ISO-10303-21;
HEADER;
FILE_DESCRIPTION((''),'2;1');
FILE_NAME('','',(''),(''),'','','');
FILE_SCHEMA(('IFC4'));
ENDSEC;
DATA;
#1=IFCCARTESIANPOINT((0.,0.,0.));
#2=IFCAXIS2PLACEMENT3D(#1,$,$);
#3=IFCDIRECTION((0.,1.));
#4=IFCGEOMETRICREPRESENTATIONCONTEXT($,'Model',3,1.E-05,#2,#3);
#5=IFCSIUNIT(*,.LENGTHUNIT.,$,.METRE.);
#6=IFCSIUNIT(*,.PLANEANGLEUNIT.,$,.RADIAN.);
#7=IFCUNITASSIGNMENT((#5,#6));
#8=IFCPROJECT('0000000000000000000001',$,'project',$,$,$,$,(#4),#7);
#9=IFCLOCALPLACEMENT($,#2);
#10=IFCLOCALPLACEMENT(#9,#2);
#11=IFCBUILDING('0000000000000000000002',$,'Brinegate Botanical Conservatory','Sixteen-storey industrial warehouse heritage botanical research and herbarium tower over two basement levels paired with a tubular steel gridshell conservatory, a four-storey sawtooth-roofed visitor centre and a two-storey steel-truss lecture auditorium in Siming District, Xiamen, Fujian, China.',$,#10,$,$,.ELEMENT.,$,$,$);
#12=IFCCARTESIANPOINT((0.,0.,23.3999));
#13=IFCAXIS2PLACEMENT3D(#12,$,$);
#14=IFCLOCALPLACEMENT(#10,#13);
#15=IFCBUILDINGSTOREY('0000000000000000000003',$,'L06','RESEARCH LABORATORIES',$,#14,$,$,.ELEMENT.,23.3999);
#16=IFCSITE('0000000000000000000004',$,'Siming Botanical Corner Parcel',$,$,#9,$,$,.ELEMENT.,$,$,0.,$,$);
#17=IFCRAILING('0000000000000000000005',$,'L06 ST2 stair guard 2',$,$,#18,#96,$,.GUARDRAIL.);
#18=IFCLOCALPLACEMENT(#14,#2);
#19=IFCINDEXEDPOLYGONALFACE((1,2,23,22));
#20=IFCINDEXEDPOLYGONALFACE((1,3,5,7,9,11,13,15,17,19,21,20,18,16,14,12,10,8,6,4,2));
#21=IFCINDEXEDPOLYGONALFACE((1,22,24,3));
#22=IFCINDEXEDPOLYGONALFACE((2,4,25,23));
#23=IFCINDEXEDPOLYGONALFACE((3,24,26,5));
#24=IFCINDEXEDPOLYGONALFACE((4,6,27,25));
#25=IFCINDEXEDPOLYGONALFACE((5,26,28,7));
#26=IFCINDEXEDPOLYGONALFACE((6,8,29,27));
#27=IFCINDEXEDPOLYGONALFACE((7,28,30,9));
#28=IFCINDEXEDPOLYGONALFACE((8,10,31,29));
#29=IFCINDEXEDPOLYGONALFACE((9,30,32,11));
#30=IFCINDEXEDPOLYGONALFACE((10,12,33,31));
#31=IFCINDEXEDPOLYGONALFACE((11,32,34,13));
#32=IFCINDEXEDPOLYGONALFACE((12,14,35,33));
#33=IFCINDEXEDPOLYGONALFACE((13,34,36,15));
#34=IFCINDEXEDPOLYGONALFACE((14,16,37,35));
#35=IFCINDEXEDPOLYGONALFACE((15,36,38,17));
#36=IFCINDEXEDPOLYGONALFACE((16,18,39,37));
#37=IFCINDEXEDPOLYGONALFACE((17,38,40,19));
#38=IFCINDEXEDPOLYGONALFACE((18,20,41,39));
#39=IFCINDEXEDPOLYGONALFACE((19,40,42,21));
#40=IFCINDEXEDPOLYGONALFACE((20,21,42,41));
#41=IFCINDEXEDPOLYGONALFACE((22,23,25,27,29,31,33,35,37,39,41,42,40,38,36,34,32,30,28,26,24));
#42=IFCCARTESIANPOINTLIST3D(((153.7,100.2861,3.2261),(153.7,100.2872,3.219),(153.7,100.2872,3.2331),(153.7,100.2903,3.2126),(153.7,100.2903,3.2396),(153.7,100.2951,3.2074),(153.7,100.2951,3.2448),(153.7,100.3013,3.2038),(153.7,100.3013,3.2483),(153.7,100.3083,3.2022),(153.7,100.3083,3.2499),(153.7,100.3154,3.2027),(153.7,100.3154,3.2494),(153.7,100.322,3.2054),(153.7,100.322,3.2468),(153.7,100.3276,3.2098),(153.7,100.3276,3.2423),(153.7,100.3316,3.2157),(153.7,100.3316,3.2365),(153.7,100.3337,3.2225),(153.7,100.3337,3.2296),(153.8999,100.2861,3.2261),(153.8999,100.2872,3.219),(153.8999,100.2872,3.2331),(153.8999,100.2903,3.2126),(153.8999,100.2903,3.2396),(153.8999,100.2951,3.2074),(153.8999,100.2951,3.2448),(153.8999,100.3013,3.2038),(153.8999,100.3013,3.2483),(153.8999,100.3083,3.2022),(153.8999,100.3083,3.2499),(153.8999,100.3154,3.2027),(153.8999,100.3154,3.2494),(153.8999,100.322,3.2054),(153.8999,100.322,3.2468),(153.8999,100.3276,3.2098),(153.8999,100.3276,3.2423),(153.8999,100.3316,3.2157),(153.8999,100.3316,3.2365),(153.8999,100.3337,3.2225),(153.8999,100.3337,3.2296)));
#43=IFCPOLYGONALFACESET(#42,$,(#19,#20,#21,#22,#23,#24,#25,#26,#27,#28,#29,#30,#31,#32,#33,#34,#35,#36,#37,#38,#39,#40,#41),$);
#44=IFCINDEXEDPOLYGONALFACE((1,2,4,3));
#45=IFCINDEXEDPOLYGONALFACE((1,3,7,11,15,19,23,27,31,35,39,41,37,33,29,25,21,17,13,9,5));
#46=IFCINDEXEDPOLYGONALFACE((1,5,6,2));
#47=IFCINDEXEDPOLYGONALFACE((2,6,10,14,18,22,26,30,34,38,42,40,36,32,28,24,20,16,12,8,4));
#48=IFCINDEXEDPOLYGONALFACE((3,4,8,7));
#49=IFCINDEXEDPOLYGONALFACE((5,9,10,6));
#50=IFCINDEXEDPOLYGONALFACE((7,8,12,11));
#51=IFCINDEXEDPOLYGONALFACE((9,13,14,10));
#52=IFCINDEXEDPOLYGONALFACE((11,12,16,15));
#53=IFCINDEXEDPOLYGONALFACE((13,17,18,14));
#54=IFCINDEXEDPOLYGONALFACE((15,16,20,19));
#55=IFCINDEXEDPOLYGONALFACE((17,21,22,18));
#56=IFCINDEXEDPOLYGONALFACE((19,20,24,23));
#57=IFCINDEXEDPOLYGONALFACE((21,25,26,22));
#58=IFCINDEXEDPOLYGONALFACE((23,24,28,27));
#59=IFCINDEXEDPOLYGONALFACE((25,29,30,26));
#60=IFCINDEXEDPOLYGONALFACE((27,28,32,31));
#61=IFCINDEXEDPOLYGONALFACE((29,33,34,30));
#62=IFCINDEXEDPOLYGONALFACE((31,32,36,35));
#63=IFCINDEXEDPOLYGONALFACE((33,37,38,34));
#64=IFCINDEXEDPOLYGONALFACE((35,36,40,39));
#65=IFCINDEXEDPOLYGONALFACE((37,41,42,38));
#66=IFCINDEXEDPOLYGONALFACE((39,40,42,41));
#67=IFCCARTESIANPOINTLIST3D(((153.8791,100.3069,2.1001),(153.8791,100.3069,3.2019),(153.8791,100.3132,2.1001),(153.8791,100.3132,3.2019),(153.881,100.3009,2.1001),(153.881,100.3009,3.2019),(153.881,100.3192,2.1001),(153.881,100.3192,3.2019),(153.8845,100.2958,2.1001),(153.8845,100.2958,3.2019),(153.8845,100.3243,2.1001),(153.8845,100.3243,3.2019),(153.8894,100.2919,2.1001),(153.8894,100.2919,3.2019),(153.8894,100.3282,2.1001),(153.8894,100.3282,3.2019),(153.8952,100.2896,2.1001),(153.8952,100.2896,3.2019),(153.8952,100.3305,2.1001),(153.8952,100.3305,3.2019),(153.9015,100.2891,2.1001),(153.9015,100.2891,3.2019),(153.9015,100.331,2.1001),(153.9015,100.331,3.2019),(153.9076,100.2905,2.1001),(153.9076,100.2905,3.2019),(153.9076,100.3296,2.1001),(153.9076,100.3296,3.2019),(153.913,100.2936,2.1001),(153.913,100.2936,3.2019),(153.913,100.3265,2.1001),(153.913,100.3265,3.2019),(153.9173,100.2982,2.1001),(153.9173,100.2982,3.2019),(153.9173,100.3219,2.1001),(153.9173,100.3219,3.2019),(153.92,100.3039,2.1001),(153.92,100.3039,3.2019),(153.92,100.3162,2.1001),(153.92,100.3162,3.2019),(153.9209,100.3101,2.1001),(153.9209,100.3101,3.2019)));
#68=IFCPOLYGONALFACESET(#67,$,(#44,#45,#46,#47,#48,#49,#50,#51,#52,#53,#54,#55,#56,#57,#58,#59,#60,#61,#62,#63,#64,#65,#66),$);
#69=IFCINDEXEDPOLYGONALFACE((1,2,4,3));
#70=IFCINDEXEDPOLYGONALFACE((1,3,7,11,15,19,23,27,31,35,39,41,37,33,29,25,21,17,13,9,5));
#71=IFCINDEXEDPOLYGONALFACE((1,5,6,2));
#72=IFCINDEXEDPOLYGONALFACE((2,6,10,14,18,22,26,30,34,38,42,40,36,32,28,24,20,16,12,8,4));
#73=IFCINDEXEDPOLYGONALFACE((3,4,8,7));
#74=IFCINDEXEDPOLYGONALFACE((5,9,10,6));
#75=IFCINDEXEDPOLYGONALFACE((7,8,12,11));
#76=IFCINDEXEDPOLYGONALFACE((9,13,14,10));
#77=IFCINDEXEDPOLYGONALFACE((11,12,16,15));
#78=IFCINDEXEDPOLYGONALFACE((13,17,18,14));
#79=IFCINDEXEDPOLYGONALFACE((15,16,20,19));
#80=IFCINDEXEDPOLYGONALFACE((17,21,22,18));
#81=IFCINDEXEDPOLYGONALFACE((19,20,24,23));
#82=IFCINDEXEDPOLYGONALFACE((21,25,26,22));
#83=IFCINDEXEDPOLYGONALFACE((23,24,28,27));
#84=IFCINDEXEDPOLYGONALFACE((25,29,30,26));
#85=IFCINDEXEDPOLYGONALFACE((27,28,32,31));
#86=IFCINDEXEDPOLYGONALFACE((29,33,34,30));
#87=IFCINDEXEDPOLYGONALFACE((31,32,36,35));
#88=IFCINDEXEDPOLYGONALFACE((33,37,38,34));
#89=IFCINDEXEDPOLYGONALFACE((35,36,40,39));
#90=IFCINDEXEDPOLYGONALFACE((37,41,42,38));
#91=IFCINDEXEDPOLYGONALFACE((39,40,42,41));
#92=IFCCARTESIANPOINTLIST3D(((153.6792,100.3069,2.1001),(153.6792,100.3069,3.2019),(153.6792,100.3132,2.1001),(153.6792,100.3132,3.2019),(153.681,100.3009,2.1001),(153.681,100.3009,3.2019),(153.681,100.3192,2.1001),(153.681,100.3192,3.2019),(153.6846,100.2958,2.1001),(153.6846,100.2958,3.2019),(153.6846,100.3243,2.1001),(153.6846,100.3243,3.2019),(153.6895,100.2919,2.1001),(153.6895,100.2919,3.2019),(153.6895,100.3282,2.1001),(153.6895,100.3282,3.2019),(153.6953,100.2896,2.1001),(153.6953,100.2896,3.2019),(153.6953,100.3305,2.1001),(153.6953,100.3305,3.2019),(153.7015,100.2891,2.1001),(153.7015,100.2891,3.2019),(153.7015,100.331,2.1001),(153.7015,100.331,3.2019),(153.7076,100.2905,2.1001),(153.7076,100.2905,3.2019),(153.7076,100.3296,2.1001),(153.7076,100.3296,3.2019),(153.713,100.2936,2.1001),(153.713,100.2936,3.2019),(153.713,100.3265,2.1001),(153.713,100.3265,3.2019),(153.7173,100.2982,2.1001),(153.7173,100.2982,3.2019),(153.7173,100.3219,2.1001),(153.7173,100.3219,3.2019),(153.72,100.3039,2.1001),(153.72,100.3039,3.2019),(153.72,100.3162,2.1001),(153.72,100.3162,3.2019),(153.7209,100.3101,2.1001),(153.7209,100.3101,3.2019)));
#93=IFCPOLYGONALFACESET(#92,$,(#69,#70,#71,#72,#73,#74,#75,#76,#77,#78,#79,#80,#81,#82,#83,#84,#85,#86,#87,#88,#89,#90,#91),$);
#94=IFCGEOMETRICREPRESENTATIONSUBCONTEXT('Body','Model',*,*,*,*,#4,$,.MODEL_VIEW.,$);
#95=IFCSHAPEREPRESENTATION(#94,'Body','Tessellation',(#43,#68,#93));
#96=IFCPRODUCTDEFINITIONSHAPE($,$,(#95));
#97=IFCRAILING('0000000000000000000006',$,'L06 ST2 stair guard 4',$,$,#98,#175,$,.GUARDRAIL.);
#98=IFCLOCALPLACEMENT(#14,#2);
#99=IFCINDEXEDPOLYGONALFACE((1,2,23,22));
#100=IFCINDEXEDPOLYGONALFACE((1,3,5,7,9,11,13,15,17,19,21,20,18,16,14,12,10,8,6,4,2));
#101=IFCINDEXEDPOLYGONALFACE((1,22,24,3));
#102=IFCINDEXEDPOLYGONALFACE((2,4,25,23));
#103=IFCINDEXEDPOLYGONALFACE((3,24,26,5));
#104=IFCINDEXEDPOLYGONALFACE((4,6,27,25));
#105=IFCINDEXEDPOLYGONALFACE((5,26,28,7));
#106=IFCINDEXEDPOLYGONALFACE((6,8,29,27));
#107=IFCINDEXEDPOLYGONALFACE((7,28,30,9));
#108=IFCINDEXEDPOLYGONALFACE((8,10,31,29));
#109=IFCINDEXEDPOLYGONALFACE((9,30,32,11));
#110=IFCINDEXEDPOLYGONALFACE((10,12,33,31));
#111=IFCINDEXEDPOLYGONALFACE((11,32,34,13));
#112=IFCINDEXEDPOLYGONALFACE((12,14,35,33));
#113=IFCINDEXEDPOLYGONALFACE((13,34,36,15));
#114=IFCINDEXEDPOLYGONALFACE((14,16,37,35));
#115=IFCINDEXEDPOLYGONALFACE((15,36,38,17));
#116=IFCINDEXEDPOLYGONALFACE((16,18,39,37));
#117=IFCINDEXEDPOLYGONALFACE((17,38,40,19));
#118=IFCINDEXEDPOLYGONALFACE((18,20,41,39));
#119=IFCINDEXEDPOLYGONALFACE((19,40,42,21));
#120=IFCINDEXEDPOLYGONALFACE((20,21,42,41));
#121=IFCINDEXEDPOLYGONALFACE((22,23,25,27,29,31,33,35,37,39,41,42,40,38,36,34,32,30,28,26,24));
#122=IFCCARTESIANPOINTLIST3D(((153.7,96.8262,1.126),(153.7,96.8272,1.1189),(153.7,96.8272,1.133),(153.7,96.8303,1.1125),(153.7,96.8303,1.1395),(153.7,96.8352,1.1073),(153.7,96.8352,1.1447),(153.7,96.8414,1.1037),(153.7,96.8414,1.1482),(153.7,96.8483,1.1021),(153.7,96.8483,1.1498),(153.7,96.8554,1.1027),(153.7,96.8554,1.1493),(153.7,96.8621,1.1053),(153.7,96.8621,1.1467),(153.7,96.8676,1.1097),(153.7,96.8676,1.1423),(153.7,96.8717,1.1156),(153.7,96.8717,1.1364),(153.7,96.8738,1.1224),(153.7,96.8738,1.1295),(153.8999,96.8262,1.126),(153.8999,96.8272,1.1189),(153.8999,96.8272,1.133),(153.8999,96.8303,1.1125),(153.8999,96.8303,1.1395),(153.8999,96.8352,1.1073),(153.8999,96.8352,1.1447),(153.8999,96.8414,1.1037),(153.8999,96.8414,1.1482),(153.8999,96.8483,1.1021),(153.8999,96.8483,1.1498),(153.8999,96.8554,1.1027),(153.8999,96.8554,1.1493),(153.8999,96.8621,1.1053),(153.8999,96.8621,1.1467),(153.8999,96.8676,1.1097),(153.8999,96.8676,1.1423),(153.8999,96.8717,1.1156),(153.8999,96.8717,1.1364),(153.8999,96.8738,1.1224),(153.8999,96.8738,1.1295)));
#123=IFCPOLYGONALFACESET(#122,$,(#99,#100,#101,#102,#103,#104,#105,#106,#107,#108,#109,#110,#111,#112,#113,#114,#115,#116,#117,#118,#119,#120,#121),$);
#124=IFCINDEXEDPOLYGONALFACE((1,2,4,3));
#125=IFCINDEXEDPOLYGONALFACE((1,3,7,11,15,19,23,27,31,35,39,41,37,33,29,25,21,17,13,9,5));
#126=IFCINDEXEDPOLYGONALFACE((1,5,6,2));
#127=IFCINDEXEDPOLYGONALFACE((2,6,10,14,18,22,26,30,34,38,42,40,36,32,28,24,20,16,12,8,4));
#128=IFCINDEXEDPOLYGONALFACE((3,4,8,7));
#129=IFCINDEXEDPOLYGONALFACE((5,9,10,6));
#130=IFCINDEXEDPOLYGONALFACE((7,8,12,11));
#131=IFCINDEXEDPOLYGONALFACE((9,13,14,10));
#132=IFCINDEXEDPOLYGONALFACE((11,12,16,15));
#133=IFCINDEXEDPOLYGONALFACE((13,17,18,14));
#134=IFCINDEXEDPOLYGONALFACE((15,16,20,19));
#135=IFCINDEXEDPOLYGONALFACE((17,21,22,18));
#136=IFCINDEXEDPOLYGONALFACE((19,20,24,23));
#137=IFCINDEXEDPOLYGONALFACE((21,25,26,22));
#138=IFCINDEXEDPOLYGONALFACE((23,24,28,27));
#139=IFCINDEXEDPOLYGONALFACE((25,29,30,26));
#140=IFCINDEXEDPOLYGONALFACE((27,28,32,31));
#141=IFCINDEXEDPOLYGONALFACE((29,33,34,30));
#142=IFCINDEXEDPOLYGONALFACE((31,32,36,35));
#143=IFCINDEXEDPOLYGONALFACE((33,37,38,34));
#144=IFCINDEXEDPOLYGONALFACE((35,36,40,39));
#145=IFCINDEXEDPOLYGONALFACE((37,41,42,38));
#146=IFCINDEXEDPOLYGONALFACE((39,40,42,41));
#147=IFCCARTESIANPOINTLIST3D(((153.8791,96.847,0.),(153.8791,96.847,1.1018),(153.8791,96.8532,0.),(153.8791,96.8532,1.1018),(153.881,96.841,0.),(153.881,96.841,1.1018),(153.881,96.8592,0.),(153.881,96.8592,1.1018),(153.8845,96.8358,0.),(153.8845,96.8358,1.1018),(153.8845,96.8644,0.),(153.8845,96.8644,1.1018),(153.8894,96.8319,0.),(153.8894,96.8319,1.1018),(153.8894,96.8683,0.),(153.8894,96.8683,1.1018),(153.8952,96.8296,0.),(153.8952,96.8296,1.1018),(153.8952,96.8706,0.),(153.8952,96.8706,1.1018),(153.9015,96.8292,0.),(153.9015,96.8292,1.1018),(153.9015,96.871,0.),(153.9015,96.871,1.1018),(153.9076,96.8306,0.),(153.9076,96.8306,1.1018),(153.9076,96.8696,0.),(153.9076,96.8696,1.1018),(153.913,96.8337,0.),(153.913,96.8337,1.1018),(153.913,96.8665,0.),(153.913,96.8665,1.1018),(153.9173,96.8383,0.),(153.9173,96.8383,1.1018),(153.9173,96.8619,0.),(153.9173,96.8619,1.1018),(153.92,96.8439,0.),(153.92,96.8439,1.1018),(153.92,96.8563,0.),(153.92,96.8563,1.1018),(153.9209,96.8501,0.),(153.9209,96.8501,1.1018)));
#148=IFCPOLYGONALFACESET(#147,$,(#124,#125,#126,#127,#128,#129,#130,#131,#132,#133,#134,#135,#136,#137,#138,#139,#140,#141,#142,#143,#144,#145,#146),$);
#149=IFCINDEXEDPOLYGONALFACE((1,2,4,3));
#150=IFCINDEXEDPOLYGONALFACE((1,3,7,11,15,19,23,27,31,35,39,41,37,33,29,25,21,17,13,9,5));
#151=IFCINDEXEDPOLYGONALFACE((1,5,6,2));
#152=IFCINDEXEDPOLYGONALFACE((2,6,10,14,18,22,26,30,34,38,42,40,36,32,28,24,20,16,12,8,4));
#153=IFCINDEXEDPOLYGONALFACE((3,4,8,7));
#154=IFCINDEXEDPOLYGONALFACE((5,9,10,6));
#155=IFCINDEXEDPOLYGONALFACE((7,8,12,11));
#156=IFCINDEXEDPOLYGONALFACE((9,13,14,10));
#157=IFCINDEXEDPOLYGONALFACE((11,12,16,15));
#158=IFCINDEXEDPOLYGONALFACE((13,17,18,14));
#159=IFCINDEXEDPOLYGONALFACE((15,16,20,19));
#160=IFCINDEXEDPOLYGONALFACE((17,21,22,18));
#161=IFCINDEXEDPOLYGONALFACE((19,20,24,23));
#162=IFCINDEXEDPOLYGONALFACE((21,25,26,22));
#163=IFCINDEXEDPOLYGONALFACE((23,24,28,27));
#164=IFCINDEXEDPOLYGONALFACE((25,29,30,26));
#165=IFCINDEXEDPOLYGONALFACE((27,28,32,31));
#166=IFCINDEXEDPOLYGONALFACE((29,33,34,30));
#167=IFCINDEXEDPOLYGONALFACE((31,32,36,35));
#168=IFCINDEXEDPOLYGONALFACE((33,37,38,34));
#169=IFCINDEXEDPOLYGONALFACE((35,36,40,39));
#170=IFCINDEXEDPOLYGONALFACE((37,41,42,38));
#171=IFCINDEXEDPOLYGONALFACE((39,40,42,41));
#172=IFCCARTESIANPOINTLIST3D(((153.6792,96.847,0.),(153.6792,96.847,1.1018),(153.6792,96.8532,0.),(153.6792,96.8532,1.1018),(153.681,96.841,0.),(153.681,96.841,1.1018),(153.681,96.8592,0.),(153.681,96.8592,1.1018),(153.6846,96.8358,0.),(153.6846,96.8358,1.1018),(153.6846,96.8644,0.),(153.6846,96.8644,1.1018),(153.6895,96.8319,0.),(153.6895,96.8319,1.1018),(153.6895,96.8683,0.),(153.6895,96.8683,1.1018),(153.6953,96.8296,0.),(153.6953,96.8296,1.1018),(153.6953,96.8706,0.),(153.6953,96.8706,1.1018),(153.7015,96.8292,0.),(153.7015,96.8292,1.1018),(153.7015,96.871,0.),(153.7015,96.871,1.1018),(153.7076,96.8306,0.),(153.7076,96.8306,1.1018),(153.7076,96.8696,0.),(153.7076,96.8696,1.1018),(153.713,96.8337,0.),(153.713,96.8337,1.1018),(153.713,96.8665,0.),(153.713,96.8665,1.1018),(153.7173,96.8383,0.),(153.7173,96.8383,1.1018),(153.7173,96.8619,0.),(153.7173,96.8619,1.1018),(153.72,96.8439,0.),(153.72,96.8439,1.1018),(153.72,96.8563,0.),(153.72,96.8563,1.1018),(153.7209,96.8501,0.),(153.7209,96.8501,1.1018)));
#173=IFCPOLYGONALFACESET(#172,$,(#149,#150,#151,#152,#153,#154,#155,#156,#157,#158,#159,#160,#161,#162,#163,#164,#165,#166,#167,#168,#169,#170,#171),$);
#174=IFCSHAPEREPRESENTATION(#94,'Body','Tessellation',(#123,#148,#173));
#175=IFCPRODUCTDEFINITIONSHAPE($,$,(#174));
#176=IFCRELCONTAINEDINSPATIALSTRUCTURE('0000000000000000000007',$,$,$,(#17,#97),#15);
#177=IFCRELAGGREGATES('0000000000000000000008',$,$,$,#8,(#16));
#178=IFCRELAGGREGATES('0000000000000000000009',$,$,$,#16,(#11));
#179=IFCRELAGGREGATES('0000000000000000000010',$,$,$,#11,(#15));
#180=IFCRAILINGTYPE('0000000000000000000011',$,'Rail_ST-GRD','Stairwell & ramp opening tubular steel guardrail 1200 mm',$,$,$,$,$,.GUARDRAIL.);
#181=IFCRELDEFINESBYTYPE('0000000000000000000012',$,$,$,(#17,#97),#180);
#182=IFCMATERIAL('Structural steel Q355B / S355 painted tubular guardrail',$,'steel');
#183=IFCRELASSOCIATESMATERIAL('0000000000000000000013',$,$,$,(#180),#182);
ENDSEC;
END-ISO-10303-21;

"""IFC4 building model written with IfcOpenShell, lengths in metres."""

from ifc_helpers import new_model, si_unit, direction, frame, origin, origin_2d, place, context, subcontext, project, spatial, circle, extrude, material, type_object, element, save


model = new_model("IFC4")

# Units and contexts
model_context = context("Model", 3, precision=1e-05, world=origin(), true_north=direction((0.0, 1.0)))
body_context = subcontext(model_context, "Body", "Model", "MODEL_VIEW")
ifc_project = project(units=[si_unit("LENGTHUNIT", "METRE"), si_unit("PLANEANGLEUNIT", "RADIAN")], contexts=[model_context])

# Site, building, storey
site_placement = place(None, origin())
site = spatial("IfcSite", under=ifc_project, at=site_placement, Name="Siming Botanical Corner Parcel", CompositionType="ELEMENT", RefElevation=0.0)
building_placement = place(site_placement, origin())
building = spatial("IfcBuilding", under=site, at=building_placement, Name="Brinegate Botanical Conservatory", Description="Sixteen-storey industrial warehouse heritage botanical research and herbarium tower over two basement levels paired with a tubular steel gridshell conservatory, a four-storey sawtooth-roofed visitor centre and a two-storey steel-truss lecture auditorium in Siming District, Xiamen, Fujian, China.", CompositionType="ELEMENT")
storey_placement = place(building_placement, frame((0.0, 0.0, 23.3999)))
storey = spatial("IfcBuildingStorey", under=building, at=storey_placement, Name="L06", Description="RESEARCH LABORATORIES", CompositionType="ELEMENT", Elevation=23.3999)

# Railings
ifc_material_1 = material(Name="Structural steel Q355B / S355 painted tubular guardrail", Category="steel")
railing_type_1 = type_object("IfcRailingType", Name="Rail_ST-GRD", Description="Stairwell & ramp opening tubular steel guardrail 1200 mm", PredefinedType="GUARDRAIL", material=ifc_material_1)
for number, where, name in (
    (1, (153.8999, 100.3101, 2.1001), "L06 ST2 stair guard 2"),
    (2, (153.8999, 96.8501, 0.0), "L06 ST2 stair guard 4"),
):
    element("IfcRailing", number, at=place(storey_placement, frame(where)), inside=storey, type_object=railing_type_1, Name=name, PredefinedType="GUARDRAIL", context=body_context, shape_type="SweptSolid", body=[
        extrude(circle(Radius=0.0239, at=origin_2d()), frame((0.0, 0.0, 1.126), z_axis=(-1.0, 0.0, 0.0), x_axis=(0.0, -1.0, 0.0)), (0.0, 0.0, 1.0), 0.2),
        extrude(circle(Radius=0.021, at=origin_2d()), origin(), (0.0, 0.0, 1.0), 1.1018),
        extrude(circle(Radius=0.021, at=origin_2d()), frame((-0.2, 0.0, 0.0)), (0.0, 0.0, 1.0), 1.1018),
    ])

save(model, "model.ifc")
